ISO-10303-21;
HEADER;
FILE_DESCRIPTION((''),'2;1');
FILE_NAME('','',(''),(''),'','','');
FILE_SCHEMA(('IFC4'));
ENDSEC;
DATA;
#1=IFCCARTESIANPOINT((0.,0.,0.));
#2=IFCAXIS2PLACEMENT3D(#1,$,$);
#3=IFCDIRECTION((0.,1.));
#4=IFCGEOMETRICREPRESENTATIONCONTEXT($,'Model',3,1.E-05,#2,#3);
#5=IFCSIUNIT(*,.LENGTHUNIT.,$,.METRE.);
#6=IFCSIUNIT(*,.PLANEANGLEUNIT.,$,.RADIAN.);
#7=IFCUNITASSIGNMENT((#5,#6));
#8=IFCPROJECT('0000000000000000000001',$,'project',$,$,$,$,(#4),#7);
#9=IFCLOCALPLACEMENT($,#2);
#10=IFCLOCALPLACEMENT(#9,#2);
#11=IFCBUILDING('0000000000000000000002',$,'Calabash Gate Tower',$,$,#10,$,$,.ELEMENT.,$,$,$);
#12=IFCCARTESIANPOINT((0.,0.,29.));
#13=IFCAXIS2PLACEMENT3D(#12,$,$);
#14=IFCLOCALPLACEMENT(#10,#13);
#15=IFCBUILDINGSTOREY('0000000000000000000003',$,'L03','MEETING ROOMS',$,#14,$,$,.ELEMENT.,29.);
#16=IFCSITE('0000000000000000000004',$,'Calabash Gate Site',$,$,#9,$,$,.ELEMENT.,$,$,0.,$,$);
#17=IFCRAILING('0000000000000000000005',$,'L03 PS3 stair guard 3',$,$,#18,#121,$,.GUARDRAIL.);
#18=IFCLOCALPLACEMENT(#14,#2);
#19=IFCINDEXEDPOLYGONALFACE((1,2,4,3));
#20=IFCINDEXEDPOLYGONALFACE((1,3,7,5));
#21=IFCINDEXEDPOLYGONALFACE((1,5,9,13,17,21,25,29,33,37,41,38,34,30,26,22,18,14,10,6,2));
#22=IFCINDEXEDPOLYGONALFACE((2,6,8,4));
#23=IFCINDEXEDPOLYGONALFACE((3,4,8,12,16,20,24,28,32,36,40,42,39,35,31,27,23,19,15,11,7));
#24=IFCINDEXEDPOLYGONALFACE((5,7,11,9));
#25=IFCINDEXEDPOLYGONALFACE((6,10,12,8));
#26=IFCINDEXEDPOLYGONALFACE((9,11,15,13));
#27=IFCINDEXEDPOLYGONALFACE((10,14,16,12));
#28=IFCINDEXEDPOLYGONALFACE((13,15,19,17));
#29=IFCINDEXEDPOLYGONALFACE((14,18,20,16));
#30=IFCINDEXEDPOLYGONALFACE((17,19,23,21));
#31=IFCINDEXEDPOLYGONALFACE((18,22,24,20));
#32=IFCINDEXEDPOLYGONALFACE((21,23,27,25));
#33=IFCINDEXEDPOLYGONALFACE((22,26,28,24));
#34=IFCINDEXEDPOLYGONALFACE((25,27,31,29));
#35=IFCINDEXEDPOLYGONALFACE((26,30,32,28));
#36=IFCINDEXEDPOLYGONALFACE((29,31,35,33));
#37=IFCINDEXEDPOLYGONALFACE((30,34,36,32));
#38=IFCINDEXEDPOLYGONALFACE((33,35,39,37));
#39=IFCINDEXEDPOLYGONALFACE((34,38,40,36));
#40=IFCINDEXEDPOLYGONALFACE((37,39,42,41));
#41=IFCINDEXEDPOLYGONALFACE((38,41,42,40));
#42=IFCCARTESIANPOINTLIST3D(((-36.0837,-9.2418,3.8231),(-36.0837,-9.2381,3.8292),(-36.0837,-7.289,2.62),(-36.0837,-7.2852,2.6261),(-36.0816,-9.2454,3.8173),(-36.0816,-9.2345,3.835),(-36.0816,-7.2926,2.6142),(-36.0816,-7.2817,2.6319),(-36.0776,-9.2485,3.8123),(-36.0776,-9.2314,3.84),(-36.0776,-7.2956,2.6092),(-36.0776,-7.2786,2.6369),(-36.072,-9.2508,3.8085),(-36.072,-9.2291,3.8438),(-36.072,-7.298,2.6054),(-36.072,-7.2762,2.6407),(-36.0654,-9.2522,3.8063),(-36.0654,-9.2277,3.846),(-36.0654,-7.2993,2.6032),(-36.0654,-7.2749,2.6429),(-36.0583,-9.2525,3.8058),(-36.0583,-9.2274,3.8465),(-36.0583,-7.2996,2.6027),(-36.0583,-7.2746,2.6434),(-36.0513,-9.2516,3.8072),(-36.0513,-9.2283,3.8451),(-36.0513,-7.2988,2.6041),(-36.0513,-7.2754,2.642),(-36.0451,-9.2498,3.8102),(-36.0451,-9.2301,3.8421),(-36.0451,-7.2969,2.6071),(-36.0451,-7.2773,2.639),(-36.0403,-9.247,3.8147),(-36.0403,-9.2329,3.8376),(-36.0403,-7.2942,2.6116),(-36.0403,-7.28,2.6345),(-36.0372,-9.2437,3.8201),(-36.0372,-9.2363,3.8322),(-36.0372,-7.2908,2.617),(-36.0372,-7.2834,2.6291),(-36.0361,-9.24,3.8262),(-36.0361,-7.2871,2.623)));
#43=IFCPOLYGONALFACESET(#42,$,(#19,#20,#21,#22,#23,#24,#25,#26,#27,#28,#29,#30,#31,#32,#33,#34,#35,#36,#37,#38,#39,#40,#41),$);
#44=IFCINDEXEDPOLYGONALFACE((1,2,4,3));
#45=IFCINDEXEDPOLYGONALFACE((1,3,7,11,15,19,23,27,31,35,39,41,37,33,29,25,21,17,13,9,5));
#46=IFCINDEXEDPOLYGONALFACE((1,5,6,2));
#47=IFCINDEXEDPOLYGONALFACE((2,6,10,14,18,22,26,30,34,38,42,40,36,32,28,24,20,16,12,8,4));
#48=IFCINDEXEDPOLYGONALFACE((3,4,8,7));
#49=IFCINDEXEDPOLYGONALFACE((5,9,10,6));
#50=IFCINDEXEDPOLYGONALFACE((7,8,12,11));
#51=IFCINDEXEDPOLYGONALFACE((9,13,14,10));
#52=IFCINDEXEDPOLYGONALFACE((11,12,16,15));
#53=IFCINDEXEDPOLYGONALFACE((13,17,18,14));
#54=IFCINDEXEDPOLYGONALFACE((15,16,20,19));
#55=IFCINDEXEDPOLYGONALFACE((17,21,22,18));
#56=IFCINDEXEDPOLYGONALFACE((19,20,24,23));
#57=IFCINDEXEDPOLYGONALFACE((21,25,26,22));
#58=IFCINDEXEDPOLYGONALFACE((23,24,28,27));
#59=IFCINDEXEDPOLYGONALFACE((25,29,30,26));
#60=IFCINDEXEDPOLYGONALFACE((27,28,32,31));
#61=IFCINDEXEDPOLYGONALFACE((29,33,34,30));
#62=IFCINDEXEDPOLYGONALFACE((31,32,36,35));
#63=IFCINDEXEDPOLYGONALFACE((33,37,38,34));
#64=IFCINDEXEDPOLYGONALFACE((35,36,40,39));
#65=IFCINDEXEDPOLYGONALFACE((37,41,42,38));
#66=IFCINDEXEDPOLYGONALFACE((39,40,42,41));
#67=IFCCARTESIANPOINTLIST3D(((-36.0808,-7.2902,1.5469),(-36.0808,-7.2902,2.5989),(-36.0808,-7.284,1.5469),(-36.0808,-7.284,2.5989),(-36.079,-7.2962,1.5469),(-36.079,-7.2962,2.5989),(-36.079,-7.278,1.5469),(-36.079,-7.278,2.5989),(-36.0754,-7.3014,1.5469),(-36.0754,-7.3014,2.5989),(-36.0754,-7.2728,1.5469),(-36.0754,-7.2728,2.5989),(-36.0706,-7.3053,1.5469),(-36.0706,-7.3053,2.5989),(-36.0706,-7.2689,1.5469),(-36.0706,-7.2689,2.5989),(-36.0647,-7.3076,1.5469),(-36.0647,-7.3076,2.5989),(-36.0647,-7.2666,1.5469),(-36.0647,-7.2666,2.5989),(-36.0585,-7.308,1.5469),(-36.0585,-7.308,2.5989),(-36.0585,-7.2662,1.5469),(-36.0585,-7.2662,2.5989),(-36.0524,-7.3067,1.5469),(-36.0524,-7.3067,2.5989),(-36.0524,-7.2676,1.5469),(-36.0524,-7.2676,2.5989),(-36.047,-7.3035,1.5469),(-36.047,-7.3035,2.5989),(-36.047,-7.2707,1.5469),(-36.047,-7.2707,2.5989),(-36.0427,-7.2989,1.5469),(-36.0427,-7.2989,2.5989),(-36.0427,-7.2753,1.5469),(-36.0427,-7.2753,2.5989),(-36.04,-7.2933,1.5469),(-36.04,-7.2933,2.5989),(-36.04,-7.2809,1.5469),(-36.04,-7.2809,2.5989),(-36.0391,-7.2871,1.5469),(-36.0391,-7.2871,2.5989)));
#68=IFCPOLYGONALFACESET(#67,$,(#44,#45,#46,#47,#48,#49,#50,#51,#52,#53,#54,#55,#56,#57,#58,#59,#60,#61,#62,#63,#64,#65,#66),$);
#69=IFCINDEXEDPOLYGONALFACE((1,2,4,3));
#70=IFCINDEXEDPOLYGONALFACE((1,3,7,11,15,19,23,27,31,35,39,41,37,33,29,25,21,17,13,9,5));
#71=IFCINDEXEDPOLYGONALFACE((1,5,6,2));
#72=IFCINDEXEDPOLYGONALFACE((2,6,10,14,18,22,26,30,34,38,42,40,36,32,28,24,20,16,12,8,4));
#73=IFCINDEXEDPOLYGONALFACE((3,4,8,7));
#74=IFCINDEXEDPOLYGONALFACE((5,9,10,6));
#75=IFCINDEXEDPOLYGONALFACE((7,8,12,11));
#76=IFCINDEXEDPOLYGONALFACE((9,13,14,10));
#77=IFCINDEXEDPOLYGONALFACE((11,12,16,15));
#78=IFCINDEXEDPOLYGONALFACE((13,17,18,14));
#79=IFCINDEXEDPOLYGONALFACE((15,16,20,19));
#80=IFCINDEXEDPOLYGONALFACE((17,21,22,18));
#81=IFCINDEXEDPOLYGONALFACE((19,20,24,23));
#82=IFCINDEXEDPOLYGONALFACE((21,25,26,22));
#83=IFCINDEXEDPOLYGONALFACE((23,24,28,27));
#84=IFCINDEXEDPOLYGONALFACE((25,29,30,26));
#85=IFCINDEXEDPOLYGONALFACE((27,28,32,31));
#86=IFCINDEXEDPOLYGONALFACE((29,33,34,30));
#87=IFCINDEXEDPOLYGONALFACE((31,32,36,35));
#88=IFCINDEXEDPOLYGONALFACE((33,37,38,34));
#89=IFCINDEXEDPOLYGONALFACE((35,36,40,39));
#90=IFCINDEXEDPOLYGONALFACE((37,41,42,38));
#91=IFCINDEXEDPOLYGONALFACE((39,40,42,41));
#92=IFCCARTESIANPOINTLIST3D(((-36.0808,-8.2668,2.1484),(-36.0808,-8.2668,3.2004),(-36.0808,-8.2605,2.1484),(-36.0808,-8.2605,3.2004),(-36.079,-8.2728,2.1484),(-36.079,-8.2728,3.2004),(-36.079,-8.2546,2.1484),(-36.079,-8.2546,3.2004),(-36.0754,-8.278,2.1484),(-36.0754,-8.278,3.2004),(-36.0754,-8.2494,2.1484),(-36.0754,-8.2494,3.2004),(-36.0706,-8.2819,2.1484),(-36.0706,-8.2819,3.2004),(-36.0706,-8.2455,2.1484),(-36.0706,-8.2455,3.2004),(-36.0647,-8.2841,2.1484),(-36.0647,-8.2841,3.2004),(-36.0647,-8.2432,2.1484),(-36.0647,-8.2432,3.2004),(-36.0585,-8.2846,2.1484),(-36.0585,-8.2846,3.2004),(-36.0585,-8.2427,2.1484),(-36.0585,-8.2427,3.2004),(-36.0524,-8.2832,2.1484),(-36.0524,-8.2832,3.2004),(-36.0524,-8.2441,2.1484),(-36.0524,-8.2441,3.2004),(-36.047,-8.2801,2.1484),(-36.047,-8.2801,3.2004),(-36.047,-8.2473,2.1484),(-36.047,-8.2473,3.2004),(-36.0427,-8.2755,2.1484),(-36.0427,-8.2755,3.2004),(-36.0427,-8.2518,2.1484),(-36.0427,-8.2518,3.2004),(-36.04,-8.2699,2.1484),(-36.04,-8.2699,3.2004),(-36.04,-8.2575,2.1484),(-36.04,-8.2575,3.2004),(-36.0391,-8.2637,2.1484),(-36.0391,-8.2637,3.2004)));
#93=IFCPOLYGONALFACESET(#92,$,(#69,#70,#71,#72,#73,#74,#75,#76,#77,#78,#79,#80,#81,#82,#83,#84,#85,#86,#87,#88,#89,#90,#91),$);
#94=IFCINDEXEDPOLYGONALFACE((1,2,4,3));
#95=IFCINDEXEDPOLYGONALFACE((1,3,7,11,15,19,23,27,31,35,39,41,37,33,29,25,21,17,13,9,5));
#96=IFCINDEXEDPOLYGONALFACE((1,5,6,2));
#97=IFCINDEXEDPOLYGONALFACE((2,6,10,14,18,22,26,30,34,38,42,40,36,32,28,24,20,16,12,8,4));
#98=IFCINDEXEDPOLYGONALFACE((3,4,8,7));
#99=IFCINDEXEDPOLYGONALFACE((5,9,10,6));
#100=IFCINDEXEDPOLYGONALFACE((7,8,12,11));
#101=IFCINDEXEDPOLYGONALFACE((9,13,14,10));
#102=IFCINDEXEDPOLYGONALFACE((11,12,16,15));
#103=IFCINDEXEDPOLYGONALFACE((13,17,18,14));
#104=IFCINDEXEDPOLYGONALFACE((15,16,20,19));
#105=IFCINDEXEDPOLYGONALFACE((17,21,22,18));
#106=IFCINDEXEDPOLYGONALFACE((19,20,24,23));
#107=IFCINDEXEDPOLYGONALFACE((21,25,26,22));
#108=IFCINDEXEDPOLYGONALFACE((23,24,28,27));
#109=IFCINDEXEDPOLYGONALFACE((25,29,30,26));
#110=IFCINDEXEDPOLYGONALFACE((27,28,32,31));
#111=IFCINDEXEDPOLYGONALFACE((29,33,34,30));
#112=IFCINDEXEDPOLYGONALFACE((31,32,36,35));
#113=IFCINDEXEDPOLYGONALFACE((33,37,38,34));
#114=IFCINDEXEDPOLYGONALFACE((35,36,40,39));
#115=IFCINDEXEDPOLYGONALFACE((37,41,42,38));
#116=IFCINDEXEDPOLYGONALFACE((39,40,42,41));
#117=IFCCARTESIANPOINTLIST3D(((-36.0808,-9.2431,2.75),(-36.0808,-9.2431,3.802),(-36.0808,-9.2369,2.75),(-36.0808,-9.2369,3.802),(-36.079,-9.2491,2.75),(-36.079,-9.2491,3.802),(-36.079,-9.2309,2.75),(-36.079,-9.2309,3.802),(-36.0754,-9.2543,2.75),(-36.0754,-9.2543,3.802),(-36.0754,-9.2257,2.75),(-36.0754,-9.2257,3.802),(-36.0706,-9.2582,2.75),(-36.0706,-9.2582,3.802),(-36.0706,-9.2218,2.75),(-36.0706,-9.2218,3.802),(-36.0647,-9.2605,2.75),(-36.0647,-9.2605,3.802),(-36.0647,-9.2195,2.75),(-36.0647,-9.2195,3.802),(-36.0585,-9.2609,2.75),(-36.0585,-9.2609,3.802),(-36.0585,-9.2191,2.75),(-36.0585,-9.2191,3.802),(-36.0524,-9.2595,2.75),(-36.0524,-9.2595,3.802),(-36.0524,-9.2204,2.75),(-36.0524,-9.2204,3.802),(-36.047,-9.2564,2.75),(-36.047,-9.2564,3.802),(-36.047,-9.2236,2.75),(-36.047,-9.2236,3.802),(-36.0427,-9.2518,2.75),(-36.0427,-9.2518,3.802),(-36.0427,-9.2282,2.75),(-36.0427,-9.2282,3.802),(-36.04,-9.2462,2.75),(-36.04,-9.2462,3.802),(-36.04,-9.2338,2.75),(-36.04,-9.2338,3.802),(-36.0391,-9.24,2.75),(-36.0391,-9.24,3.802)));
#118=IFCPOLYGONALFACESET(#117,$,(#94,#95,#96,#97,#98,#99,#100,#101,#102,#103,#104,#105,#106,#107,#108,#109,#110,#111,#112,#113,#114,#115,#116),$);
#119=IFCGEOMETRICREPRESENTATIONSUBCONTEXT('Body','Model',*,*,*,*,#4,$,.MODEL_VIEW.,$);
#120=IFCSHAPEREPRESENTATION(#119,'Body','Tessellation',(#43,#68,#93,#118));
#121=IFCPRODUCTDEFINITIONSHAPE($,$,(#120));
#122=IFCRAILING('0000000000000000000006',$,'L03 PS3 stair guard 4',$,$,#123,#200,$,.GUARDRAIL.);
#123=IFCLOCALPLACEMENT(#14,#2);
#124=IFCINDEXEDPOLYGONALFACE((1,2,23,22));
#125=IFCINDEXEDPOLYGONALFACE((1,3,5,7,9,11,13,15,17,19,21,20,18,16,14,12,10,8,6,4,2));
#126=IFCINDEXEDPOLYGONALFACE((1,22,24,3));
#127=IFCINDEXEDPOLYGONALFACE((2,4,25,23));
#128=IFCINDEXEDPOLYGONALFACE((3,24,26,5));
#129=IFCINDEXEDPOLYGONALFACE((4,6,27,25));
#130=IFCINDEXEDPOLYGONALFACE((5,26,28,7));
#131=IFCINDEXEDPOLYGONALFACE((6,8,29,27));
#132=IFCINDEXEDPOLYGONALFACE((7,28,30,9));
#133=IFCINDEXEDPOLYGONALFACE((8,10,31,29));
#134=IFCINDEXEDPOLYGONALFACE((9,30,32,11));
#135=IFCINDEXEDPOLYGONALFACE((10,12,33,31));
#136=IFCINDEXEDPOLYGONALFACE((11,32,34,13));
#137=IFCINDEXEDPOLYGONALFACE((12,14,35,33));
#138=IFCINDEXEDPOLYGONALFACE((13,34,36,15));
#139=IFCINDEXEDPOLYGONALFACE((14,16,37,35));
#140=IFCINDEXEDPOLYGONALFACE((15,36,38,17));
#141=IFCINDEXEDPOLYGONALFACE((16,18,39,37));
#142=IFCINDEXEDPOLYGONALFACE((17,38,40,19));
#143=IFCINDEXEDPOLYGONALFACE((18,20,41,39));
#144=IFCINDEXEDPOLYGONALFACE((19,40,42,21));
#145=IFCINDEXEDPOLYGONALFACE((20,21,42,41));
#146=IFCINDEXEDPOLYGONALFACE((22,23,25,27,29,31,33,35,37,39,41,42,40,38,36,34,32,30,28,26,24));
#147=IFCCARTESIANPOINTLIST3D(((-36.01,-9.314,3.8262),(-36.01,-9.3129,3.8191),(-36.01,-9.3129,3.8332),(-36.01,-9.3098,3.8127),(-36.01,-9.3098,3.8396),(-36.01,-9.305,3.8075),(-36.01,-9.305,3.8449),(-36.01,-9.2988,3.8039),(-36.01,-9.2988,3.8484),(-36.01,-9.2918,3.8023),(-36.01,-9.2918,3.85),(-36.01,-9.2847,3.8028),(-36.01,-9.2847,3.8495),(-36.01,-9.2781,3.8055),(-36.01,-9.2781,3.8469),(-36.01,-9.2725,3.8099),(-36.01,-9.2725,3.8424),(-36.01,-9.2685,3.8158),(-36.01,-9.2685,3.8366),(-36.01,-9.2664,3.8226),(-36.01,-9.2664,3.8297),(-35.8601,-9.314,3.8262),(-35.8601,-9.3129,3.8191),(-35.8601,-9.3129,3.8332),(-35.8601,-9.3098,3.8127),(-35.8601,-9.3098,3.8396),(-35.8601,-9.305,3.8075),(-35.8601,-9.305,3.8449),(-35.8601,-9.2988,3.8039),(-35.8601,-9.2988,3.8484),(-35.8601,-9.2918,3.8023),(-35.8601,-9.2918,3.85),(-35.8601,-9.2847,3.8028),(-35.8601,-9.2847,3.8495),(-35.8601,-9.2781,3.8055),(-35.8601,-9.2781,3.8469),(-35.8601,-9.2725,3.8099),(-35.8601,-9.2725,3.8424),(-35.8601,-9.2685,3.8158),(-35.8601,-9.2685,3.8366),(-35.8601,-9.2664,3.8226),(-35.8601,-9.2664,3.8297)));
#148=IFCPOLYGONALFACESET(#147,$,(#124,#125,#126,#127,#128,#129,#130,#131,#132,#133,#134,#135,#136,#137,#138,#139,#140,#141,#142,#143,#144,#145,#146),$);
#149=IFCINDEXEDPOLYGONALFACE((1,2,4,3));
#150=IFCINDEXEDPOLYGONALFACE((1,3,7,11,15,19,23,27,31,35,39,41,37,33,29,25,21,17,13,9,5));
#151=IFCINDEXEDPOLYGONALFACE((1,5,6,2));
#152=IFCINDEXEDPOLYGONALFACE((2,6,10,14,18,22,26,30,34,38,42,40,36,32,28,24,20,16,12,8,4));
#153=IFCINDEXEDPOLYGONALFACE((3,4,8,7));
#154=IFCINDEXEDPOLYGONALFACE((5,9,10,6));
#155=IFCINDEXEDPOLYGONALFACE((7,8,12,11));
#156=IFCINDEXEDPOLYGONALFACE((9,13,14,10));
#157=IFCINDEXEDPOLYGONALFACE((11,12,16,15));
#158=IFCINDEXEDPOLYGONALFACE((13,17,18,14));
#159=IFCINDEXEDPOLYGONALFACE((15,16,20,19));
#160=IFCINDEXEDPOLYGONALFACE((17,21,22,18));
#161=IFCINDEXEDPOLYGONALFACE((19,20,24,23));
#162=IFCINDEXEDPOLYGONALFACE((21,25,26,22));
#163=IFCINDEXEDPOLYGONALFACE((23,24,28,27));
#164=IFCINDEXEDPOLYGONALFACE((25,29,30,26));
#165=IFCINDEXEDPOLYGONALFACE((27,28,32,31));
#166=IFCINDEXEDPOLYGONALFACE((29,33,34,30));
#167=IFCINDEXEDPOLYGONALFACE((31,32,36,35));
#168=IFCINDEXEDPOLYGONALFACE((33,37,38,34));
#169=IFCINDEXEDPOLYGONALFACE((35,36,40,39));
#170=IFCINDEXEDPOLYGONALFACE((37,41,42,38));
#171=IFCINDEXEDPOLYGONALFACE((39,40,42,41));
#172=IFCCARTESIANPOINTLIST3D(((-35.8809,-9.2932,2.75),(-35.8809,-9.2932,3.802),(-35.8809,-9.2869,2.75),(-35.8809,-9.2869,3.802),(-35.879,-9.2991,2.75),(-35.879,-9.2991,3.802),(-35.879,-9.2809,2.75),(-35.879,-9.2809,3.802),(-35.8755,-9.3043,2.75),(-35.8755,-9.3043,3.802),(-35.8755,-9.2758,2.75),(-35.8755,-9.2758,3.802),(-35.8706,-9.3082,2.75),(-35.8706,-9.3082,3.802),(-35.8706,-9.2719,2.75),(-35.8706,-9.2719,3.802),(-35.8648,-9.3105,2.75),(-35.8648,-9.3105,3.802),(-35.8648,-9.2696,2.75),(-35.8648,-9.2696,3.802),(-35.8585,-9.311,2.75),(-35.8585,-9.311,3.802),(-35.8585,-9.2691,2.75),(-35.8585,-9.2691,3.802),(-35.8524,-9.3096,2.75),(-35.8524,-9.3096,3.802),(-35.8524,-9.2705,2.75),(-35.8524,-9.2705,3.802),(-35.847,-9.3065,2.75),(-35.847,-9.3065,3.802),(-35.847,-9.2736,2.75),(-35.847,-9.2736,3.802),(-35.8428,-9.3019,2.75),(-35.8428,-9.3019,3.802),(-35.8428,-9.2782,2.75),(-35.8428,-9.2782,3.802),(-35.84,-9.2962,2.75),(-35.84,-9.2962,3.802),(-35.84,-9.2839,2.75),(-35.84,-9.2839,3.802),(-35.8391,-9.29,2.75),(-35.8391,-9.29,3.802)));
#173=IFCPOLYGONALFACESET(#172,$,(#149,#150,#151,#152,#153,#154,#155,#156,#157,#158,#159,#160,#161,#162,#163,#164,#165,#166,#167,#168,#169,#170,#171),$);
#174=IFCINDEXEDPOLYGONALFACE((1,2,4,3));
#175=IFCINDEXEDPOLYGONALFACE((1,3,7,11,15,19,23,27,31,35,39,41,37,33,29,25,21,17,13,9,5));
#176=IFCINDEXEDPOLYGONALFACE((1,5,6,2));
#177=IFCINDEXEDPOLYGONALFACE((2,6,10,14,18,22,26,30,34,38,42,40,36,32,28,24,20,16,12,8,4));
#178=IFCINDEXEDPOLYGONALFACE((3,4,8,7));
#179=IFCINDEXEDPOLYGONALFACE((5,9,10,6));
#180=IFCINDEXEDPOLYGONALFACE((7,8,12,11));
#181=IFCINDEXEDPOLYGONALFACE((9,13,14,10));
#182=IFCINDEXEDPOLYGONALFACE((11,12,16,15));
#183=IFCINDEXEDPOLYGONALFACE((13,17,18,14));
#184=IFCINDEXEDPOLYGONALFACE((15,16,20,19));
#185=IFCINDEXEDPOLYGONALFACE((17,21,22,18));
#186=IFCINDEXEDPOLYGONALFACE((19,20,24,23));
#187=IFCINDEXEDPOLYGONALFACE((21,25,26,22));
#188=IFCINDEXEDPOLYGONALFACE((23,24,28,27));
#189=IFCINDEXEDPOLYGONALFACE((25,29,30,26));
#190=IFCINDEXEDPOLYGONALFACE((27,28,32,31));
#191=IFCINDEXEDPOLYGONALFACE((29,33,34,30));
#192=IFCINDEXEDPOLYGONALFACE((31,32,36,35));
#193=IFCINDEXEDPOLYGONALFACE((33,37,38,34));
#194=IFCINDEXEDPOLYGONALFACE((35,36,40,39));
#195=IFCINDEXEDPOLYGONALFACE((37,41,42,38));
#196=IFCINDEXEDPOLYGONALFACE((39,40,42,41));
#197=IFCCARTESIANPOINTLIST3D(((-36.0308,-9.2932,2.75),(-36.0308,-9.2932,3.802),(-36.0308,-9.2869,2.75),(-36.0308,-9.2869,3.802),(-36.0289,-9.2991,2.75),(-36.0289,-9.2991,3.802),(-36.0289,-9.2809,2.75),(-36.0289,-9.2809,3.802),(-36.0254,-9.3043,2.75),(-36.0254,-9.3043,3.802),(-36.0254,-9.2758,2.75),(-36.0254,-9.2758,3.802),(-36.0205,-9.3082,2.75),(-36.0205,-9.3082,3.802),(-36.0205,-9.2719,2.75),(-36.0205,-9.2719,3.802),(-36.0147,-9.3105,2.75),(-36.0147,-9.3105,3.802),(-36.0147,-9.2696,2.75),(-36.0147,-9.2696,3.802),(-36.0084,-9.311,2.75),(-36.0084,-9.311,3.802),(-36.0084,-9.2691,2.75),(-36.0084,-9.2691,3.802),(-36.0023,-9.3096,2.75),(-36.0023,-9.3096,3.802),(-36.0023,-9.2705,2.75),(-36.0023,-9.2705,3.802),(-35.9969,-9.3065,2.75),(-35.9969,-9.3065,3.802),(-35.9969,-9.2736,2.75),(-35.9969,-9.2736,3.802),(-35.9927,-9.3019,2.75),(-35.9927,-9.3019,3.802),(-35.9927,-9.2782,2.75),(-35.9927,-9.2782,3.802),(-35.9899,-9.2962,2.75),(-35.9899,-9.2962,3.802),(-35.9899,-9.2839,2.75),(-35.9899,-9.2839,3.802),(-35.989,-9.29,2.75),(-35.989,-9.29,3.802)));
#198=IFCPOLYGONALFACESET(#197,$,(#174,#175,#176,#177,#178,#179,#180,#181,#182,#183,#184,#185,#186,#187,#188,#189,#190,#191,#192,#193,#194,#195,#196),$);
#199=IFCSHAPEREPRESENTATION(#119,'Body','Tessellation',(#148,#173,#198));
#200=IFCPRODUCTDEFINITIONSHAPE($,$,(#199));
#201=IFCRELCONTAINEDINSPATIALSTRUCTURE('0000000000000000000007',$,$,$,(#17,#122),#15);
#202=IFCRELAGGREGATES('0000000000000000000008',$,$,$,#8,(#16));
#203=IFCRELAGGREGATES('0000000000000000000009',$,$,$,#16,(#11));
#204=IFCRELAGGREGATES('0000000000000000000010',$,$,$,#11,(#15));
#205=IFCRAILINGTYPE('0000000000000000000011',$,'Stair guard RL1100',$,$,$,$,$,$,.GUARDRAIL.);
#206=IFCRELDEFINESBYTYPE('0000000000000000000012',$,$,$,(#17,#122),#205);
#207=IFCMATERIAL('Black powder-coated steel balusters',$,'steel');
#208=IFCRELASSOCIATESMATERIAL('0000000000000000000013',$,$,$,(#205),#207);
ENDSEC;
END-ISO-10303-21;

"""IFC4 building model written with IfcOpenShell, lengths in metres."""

from ifc_helpers import new_model, si_unit, direction, frame, origin, origin_2d, place, context, subcontext, project, spatial, circle, extrude, material, type_object, element, save


model = new_model("IFC4")

# Units and contexts
model_context = context("Model", 3, precision=1e-05, world=origin(), true_north=direction((0.0, 1.0)))
body_context = subcontext(model_context, "Body", "Model", "MODEL_VIEW")
ifc_project = project(units=[si_unit("LENGTHUNIT", "METRE"), si_unit("PLANEANGLEUNIT", "RADIAN")], contexts=[model_context])

# Site, building, storey
site_placement = place(None, origin())
site = spatial("IfcSite", under=ifc_project, at=site_placement, Name="Calabash Gate Site", CompositionType="ELEMENT", RefElevation=0.0)
building_placement = place(site_placement, origin())
building = spatial("IfcBuilding", under=site, at=building_placement, Name="Calabash Gate Tower", CompositionType="ELEMENT")
storey_placement = place(building_placement, frame((0.0, 0.0, 29.0)))
storey = spatial("IfcBuildingStorey", under=building, at=storey_placement, Name="L03", Description="MEETING ROOMS", CompositionType="ELEMENT", Elevation=29.0)

# Railings
ifc_material_1 = material(Name="Black powder-coated steel balusters", Category="steel")
railing_type_1 = type_object("IfcRailingType", Name="Stair guard RL1100", PredefinedType="GUARDRAIL", material=ifc_material_1)
railing_1_placement = place(storey_placement, frame((-36.0601, -7.2871, 1.5469)))
element("IfcRailing", 1, at=railing_1_placement, inside=storey, type_object=railing_type_1, Name="L03 PS3 stair guard 3", PredefinedType="GUARDRAIL", context=body_context, shape_type="SweptSolid", body=[
    extrude(circle(Radius=0.0239, at=origin_2d()), frame((0.0, 0.0, 1.0762), z_axis=(0.0, -0.851395, 0.524525), x_axis=(1.0, 0.0, 0.0)), (0.0, 0.0, 1.0), 2.2937),
    extrude(circle(Radius=0.021, at=origin_2d()), origin(), (0.0, 0.0, 1.0), 1.052),
    extrude(circle(Radius=0.021, at=origin_2d()), frame((0.0, -0.9766, 0.6016)), (0.0, 0.0, 1.0), 1.052),
    extrude(circle(Radius=0.021, at=origin_2d()), frame((0.0, -1.9529, 1.2031)), (0.0, 0.0, 1.0), 1.052),
])
railing_2_placement = place(storey_placement, frame((-35.8601, -9.29, 2.75)))
element("IfcRailing", 2, at=railing_2_placement, inside=storey, type_object=railing_type_1, Name="L03 PS3 stair guard 4", PredefinedType="GUARDRAIL", context=body_context, shape_type="SweptSolid", body=[
    extrude(circle(Radius=0.0239, at=origin_2d()), frame((0.0, 0.0, 1.0762), z_axis=(-1.0, 0.0, 0.0), x_axis=(0.0, -1.0, 0.0)), (0.0, 0.0, 1.0), 0.1499),
    extrude(circle(Radius=0.021, at=origin_2d()), origin(), (0.0, 0.0, 1.0), 1.052),
    extrude(circle(Radius=0.021, at=origin_2d()), frame((-0.1499, 0.0, 0.0)), (0.0, 0.0, 1.0), 1.052),
])

save(model, "model.ifc")
